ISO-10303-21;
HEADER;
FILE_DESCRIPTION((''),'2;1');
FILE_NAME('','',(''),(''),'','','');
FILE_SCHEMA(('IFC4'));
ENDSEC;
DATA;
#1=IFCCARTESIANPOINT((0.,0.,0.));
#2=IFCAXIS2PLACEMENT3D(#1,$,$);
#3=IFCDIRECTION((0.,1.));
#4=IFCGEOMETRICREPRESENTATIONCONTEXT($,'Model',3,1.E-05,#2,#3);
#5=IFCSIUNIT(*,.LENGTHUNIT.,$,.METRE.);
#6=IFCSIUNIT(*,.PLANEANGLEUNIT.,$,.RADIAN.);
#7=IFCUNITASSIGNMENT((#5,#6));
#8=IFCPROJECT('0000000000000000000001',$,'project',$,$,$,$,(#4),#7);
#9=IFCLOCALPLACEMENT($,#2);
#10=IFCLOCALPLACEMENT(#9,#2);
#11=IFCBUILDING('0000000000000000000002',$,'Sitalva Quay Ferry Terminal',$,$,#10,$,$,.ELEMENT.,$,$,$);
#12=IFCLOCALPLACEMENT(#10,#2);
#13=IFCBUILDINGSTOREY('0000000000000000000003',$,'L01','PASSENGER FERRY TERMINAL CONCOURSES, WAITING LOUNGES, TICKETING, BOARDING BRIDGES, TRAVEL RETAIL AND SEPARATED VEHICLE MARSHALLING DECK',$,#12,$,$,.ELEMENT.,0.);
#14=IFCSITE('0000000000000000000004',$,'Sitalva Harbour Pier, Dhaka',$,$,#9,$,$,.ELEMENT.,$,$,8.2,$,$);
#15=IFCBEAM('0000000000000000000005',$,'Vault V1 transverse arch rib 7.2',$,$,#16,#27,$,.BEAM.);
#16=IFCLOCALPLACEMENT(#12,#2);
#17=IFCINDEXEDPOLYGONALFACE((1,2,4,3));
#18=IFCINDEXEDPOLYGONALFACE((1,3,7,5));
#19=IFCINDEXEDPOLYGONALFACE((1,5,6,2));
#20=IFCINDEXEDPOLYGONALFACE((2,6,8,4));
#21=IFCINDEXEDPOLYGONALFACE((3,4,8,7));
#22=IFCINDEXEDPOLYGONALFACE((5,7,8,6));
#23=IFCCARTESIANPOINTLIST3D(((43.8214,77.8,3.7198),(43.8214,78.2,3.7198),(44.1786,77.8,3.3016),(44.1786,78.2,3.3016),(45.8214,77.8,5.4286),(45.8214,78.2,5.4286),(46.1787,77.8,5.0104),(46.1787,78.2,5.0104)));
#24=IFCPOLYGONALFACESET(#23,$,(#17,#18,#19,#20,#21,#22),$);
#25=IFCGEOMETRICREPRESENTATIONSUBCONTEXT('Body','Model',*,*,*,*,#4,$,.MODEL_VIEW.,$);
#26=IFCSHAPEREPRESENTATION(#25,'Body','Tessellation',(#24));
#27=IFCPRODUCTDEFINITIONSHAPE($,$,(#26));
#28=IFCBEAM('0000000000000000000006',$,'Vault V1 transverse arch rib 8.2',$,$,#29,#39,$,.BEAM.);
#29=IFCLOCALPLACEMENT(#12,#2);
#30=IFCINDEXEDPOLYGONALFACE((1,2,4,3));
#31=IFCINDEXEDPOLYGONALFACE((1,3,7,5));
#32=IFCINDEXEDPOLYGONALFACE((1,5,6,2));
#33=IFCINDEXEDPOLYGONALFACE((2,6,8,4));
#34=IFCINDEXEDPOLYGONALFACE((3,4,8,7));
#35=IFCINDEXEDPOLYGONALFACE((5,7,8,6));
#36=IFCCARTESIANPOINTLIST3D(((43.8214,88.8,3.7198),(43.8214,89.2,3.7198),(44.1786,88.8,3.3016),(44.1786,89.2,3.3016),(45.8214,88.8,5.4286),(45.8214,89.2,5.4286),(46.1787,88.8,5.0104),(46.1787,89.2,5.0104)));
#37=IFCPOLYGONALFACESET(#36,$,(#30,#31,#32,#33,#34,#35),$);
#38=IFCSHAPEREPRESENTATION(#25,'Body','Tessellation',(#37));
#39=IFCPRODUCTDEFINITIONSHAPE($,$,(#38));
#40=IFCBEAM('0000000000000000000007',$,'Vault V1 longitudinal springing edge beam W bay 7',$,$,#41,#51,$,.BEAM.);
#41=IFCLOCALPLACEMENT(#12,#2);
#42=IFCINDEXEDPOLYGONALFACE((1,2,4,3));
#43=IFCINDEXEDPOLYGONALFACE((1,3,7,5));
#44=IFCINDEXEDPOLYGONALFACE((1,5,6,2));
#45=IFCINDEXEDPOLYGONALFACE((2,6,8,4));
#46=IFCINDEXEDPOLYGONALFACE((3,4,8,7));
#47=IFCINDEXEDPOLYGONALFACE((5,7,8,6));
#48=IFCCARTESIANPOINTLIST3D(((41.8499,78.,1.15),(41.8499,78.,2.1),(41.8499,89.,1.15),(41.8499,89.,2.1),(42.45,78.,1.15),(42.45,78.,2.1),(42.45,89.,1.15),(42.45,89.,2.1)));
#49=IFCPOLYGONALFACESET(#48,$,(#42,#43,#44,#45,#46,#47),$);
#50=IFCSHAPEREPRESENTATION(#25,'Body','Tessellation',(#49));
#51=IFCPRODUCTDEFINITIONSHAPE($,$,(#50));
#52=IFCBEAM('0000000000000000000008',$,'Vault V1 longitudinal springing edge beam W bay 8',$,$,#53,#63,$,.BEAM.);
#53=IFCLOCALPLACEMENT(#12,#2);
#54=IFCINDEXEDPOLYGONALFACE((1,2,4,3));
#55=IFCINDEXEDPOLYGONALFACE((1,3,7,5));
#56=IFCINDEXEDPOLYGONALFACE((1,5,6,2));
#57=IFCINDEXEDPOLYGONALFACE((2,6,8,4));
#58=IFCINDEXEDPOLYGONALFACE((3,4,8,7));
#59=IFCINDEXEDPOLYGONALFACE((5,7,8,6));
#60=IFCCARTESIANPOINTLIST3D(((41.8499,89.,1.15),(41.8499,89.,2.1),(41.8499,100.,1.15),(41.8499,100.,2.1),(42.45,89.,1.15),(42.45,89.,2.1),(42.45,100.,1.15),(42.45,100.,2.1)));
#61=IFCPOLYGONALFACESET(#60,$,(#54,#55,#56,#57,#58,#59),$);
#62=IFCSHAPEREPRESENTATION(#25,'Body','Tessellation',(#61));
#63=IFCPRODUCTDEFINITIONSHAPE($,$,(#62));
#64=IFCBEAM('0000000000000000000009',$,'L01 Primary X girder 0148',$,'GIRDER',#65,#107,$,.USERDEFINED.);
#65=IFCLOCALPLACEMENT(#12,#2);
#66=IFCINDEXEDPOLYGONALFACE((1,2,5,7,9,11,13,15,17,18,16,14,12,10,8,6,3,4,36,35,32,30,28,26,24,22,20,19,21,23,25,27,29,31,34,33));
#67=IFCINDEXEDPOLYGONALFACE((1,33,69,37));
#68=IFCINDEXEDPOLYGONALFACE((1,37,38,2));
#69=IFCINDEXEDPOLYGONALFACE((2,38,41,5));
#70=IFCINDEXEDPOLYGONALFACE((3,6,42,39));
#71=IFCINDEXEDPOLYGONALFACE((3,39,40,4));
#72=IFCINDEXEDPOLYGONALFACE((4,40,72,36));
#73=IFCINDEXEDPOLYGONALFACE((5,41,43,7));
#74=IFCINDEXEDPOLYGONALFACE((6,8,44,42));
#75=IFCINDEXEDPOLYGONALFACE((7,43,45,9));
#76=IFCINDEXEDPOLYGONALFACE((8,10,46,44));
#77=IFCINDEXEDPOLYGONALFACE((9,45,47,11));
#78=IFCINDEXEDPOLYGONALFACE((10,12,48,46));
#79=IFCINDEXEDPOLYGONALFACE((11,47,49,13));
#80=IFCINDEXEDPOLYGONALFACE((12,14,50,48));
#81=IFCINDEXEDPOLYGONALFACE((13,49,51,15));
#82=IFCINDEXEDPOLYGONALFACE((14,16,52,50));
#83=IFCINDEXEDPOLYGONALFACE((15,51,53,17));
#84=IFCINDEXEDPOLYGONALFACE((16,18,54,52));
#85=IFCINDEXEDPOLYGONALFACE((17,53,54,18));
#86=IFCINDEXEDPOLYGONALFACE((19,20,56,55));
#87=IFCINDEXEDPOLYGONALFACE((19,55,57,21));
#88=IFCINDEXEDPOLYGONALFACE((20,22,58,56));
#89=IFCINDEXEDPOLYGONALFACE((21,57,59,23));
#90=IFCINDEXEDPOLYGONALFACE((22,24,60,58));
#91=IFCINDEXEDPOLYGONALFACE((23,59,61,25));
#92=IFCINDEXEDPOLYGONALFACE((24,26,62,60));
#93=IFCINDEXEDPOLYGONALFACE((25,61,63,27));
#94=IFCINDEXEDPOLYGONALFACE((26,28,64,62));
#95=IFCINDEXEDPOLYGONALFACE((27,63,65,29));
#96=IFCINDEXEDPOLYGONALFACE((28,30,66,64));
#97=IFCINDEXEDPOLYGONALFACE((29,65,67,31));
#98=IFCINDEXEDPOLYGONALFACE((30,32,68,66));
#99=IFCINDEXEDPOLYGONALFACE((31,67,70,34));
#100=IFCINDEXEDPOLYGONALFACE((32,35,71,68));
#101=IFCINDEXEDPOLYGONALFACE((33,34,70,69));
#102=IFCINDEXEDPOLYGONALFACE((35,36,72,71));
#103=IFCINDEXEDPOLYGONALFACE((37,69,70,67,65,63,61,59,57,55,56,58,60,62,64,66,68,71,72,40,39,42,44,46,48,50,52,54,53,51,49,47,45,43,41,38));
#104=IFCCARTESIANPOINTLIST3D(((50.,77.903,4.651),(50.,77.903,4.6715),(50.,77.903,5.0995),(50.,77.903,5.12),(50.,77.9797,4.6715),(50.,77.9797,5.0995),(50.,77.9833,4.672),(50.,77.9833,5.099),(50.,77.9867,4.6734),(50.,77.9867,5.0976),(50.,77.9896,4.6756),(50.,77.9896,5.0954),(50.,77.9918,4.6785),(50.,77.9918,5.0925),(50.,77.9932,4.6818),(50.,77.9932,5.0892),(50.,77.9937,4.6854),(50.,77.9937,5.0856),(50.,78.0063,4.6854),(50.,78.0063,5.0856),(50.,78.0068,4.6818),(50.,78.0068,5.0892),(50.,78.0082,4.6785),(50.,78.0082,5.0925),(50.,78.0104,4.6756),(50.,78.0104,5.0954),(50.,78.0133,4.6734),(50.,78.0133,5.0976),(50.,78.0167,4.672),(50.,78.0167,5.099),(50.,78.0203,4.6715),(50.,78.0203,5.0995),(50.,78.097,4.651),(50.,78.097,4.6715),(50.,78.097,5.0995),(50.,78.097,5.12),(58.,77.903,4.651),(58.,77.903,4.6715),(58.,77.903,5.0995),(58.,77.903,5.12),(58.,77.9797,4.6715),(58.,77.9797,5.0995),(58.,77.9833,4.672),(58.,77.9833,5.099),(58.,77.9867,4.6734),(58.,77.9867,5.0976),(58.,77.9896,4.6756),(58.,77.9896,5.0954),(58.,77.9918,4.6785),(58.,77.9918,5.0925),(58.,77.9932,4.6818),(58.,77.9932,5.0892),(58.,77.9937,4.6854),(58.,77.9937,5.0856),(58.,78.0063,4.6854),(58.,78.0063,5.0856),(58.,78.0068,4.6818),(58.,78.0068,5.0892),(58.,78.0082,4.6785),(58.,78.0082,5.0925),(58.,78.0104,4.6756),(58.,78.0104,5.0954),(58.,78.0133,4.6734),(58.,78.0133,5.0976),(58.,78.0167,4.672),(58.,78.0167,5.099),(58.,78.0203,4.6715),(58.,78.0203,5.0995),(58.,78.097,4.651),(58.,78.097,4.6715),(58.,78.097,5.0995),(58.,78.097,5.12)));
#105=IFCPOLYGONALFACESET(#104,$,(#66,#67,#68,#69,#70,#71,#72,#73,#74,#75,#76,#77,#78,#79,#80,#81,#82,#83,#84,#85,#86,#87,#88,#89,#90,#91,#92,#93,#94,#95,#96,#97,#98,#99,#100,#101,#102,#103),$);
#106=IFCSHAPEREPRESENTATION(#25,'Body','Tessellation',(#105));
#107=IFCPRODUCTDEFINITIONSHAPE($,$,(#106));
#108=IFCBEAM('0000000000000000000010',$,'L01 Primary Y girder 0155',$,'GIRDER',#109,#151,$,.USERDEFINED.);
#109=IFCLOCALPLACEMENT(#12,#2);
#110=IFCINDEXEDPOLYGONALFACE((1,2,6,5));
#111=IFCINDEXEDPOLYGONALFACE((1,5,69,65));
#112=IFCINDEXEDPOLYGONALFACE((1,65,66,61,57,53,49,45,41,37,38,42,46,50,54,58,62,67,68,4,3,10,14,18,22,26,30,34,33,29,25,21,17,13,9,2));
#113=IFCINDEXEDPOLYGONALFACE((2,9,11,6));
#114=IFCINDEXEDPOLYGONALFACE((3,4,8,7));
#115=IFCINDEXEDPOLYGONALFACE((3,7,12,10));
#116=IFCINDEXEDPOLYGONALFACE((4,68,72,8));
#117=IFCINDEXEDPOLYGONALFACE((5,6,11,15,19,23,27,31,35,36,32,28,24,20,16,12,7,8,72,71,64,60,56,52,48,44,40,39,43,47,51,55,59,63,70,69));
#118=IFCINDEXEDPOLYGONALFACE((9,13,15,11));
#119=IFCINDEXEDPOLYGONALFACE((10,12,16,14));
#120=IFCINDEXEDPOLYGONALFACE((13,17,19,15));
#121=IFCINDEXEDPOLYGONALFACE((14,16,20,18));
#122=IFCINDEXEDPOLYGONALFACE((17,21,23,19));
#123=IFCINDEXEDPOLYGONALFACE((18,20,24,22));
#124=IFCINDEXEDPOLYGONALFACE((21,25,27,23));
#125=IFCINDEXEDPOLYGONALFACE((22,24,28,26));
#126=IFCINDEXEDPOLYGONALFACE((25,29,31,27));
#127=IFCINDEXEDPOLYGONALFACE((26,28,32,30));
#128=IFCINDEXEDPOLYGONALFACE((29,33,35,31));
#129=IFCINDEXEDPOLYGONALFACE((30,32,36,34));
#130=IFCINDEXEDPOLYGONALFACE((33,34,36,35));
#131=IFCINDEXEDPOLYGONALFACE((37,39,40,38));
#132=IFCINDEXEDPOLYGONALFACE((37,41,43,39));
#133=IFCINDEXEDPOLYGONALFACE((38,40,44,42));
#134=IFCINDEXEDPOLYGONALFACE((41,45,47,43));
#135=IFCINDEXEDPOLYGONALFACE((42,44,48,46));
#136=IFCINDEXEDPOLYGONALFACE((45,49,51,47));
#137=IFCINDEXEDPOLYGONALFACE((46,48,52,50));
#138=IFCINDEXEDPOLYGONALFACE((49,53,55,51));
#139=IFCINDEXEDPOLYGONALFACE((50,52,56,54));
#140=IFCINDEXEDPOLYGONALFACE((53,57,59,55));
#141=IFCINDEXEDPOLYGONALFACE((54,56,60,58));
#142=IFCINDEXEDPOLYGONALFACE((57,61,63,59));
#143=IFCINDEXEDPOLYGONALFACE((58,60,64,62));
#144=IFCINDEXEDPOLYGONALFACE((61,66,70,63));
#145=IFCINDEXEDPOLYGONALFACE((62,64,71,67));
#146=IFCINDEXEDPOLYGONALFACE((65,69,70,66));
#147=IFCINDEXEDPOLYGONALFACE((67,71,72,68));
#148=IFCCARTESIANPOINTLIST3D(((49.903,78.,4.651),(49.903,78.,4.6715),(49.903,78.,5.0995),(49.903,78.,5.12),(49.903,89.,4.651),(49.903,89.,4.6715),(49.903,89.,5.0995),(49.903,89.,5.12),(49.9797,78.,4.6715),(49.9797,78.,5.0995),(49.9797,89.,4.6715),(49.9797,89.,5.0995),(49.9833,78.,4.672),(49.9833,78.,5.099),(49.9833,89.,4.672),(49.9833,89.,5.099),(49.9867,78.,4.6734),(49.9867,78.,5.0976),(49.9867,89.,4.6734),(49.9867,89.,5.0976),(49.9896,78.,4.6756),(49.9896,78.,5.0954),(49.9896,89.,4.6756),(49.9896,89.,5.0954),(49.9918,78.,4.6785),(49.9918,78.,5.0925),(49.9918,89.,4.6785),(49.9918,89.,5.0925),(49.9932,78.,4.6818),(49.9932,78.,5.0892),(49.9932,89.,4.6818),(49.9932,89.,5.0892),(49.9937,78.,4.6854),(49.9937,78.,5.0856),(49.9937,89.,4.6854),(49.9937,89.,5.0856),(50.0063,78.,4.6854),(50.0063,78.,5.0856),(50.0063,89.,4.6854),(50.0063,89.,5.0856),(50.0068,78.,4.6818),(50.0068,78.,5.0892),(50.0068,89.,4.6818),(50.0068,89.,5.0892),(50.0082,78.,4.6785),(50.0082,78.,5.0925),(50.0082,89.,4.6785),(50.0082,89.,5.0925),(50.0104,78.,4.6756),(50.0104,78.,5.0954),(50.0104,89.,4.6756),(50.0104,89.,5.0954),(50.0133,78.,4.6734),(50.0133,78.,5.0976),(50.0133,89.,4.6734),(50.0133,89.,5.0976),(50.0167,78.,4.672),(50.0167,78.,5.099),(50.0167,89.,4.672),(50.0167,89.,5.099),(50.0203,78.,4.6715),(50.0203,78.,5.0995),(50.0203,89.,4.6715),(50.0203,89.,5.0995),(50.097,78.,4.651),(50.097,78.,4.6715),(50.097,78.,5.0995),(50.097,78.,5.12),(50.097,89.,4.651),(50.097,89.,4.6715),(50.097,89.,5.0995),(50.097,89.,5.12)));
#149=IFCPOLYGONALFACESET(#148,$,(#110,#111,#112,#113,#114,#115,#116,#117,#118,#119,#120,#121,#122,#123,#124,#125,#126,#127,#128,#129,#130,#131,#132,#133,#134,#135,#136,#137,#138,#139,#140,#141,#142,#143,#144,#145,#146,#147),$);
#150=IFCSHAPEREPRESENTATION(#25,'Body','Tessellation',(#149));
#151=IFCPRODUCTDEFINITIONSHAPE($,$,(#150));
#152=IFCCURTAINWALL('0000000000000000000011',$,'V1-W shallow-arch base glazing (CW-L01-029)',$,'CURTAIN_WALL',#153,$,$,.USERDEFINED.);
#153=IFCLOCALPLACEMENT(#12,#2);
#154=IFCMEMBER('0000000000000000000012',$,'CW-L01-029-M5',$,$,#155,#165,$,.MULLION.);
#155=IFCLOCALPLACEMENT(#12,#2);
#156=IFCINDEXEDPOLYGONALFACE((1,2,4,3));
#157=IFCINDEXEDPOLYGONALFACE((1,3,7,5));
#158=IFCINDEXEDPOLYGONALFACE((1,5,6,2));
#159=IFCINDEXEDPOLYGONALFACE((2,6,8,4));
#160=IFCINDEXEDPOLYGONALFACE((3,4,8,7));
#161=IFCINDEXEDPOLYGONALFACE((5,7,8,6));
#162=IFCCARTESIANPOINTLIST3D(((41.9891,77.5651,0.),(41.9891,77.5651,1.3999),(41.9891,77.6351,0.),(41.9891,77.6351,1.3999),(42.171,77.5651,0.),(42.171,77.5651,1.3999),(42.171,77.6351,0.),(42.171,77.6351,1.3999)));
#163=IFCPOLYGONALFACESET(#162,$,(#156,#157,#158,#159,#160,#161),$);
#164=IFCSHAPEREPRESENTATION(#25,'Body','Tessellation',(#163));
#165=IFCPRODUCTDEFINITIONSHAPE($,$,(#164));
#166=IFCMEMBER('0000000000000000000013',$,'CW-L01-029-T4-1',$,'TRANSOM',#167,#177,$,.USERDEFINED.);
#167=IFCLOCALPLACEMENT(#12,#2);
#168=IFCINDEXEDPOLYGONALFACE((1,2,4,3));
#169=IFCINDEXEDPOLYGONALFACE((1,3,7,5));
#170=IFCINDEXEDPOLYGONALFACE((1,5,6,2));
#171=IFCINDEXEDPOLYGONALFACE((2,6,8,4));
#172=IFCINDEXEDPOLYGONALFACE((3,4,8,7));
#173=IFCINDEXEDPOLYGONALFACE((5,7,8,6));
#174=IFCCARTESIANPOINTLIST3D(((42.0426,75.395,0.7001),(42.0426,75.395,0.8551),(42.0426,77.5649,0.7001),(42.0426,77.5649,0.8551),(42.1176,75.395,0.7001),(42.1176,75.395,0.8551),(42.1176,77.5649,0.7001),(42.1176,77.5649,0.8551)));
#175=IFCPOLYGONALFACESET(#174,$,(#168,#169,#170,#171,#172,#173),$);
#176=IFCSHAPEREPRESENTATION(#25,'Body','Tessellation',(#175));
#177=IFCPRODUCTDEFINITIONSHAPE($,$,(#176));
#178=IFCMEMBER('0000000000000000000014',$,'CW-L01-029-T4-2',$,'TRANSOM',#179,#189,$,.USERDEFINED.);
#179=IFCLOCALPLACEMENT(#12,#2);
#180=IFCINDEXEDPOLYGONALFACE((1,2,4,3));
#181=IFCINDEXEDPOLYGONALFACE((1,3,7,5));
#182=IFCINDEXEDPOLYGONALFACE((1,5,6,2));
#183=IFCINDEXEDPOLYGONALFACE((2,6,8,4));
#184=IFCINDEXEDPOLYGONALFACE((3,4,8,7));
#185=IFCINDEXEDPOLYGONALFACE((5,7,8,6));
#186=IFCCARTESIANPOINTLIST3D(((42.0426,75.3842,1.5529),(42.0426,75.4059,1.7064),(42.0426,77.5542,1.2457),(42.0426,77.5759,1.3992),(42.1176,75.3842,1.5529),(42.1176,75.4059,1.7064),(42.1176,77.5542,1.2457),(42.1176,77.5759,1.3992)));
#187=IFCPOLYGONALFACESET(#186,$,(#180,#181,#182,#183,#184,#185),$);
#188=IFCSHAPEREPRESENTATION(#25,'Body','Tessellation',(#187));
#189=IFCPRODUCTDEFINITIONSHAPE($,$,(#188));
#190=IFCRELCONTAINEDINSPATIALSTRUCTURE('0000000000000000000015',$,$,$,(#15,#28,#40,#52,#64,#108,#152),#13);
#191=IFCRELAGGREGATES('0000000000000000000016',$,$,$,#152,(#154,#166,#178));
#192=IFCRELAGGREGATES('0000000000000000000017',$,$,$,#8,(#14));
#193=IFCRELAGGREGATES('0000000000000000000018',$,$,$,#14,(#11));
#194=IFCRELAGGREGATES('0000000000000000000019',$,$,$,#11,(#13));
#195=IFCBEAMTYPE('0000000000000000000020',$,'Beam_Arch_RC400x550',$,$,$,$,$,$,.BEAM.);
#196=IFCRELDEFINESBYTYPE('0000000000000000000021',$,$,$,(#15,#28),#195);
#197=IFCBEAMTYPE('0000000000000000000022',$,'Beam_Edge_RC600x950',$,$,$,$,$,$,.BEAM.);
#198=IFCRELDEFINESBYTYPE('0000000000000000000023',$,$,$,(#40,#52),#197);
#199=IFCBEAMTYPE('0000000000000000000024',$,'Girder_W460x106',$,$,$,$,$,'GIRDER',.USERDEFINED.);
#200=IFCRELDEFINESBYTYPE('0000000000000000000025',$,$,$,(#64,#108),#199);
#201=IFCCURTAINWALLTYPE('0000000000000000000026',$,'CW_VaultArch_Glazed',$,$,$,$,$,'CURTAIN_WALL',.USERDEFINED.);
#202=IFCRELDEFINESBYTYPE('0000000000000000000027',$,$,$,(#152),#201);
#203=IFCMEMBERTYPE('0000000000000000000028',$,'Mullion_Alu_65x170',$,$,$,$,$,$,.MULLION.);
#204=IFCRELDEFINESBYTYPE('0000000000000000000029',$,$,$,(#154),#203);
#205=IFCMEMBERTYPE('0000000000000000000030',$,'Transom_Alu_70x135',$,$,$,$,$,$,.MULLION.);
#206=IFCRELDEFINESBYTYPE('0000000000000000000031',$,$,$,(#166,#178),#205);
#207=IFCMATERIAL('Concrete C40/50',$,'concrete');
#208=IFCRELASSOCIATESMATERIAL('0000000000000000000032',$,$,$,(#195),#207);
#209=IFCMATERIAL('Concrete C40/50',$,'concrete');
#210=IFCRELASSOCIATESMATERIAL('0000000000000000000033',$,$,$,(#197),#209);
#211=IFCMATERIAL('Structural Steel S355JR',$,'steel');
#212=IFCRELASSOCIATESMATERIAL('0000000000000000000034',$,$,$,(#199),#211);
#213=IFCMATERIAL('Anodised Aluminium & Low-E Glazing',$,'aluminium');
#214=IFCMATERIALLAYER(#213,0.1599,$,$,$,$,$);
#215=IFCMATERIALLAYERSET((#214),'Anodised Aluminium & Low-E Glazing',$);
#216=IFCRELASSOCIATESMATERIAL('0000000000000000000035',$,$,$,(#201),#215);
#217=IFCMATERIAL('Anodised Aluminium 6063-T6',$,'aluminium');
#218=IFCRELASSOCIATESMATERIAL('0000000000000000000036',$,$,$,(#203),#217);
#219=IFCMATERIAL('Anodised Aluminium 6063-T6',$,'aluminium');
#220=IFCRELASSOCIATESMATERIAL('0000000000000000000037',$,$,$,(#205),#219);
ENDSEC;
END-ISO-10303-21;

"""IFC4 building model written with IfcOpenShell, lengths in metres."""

from ifc_helpers import new_model, si_unit, direction, frame, origin, origin_2d, place, context, subcontext, project, spatial, rectangle, i_section, extrude, material, layer, layer_set, material_profile, profile_set, type_object, element, aggregate, save


model = new_model("IFC4")

# Units and contexts
model_context = context("Model", 3, precision=1e-05, world=origin(), true_north=direction((0.0, 1.0)))
body_context = subcontext(model_context, "Body", "Model", "MODEL_VIEW")
ifc_project = project(units=[si_unit("LENGTHUNIT", "METRE"), si_unit("PLANEANGLEUNIT", "RADIAN")], contexts=[model_context])

# Site, building, storey
site_placement = place(None, origin())
site = spatial("IfcSite", under=ifc_project, at=site_placement, Name="Sitalva Harbour Pier, Dhaka", CompositionType="ELEMENT", RefElevation=8.2)
building_placement = place(site_placement, origin())
building = spatial("IfcBuilding", under=site, at=building_placement, Name="Sitalva Quay Ferry Terminal", CompositionType="ELEMENT")
storey_placement = place(building_placement, origin())
storey = spatial("IfcBuildingStorey", under=building, at=storey_placement, Name="L01", Description="PASSENGER FERRY TERMINAL CONCOURSES, WAITING LOUNGES, TICKETING, BOARDING BRIDGES, TRAVEL RETAIL AND SEPARATED VEHICLE MARSHALLING DECK", CompositionType="ELEMENT", Elevation=0.0)

# Beams
ifc_material_1 = material(Name="Concrete C40/50", Category="concrete")
ifc_material_profile_1 = material_profile(ifc_material_1, rectangle(XDim=0.3999, YDim=0.55, at=origin_2d()), Name="RC400x550")
ifc_profile_set_1 = profile_set([ifc_material_profile_1], Name="Concrete C40/50")
beam_type_1 = type_object("IfcBeamType", Name="Beam_Arch_RC400x550", PredefinedType="BEAM", material=ifc_profile_set_1)
for number, where, z_axis, x_axis, name in (
    (1, (44.0, 78.0, 3.5107), (0.760297, 0.0, 0.649575), (0.0, 1.0, 0.0), "Vault V1 transverse arch rib 7.2"),
    (2, (44.0, 89.0, 3.5107), (0.760297, 0.0, 0.649575), (0.0, 1.0, 0.0), "Vault V1 transverse arch rib 8.2"),
):
    element("IfcBeam", number, at=place(storey_placement, frame(where, z_axis=z_axis, x_axis=x_axis)), inside=storey, type_object=beam_type_1, Name=name, PredefinedType="BEAM", context=body_context, shape_type="SweptSolid", body=[
        extrude(rectangle(XDim=0.3999, YDim=0.55, at=origin_2d()), origin(), (0.0, 0.0, 1.0), 2.6306),
    ])
ifc_material_2 = material(Name="Concrete C40/50", Category="concrete")
ifc_material_profile_2 = material_profile(ifc_material_2, rectangle(XDim=0.6001, YDim=0.95, at=origin_2d()), Name="RC600x950")
ifc_profile_set_2 = profile_set([ifc_material_profile_2], Name="Concrete C40/50")
beam_type_2 = type_object("IfcBeamType", Name="Beam_Edge_RC600x950", PredefinedType="BEAM", material=ifc_profile_set_2)
for number, where, z_axis, x_axis, name in (
    (3, (42.1499, 78.0, 1.625), (0.0, 1.0, 0.0), (-1.0, 0.0, 0.0), "Vault V1 longitudinal springing edge beam W bay 7"),
    (4, (42.1499, 89.0, 1.625), (0.0, 1.0, 0.0), (-1.0, 0.0, 0.0), "Vault V1 longitudinal springing edge beam W bay 8"),
):
    element("IfcBeam", number, at=place(storey_placement, frame(where, z_axis=z_axis, x_axis=x_axis)), inside=storey, type_object=beam_type_2, Name=name, PredefinedType="BEAM", context=body_context, shape_type="SweptSolid", body=[
        extrude(rectangle(XDim=0.6001, YDim=0.95, at=origin_2d()), origin(), (0.0, 0.0, 1.0), 11.0),
    ])
ifc_material_3 = material(Name="Structural Steel S355JR", Category="steel")
ifc_material_profile_3 = material_profile(ifc_material_3, i_section(OverallWidth=0.1941, OverallDepth=0.469, WebThickness=0.0127, FlangeThickness=0.0205, FilletRadius=0.0139, at=origin_2d()), Name="W460x106")
ifc_profile_set_3 = profile_set([ifc_material_profile_3], Name="Structural Steel S355JR")
beam_type_3 = type_object("IfcBeamType", Name="Girder_W460x106", ElementType="GIRDER", PredefinedType="USERDEFINED", material=ifc_profile_set_3)
beam_1_placement = place(storey_placement, frame((50.0, 78.0, 4.8855), z_axis=(1.0, 0.0, 0.0), x_axis=(0.0, 1.0, 0.0)))
element("IfcBeam", 5, at=beam_1_placement, inside=storey, type_object=beam_type_3, Name="L01 Primary X girder 0148", ObjectType="GIRDER", PredefinedType="USERDEFINED", context=body_context, shape_type="SweptSolid", body=[
    extrude(i_section(OverallWidth=0.1941, OverallDepth=0.469, WebThickness=0.0127, FlangeThickness=0.0205, FilletRadius=0.0139, at=origin_2d()), origin(), (0.0, 0.0, 1.0), 8.0),
])
beam_2_placement = place(storey_placement, frame((50.0, 78.0, 4.8855), z_axis=(0.0, 1.0, 0.0), x_axis=(-1.0, 0.0, 0.0)))
element("IfcBeam", 6, at=beam_2_placement, inside=storey, type_object=beam_type_3, Name="L01 Primary Y girder 0155", ObjectType="GIRDER", PredefinedType="USERDEFINED", context=body_context, shape_type="SweptSolid", body=[
    extrude(i_section(OverallWidth=0.1941, OverallDepth=0.469, WebThickness=0.0127, FlangeThickness=0.0205, FilletRadius=0.0139, at=origin_2d()), origin(), (0.0, 0.0, 1.0), 11.0),
])

# Curtain wall, members
ifc_material_4 = material(Name="Anodised Aluminium & Low-E Glazing", Category="aluminium")
ifc_layer_1 = layer(ifc_material_4, 0.1599)
ifc_layer_set_1 = layer_set([ifc_layer_1], Name="Anodised Aluminium & Low-E Glazing")
curtain_wall_type = type_object("IfcCurtainWallType", Name="CW_VaultArch_Glazed", ElementType="CURTAIN_WALL", PredefinedType="USERDEFINED", material=ifc_layer_set_1)
curtain_wall_placement = place(storey_placement, origin())
curtain_wall = element("IfcCurtainWall", 7, at=curtain_wall_placement, inside=storey, type_object=curtain_wall_type, Name="V1-W shallow-arch base glazing (CW-L01-029)", ObjectType="CURTAIN_WALL", PredefinedType="USERDEFINED")
ifc_material_5 = material(Name="Anodised Aluminium 6063-T6", Category="aluminium")
ifc_material_profile_4 = material_profile(ifc_material_5, rectangle(XDim=0.0701, YDim=0.1819, at=origin_2d()), Name="ALU70x182")
ifc_profile_set_4 = profile_set([ifc_material_profile_4], Name="Anodised Aluminium 6063-T6")
member_type_1 = type_object("IfcMemberType", Name="Mullion_Alu_65x170", PredefinedType="MULLION", material=ifc_profile_set_4)
member_1_placement = place(storey_placement, frame((42.0801, 77.6001, 0.0), z_axis=(0.0, 0.0, 1.0), x_axis=(0.0, 1.0, 0.0)))
member_1 = element("IfcMember", 8, at=member_1_placement, type_object=member_type_1, Name="CW-L01-029-M5", PredefinedType="MULLION", context=body_context, shape_type="SweptSolid", body=[
    extrude(rectangle(XDim=0.0701, YDim=0.1819, at=origin_2d()), origin(), (0.0, 0.0, 1.0), 1.3999),
])
ifc_material_6 = material(Name="Anodised Aluminium 6063-T6", Category="aluminium")
ifc_material_profile_5 = material_profile(ifc_material_6, rectangle(XDim=0.075, YDim=0.155, at=origin_2d()), Name="ALU75x155")
ifc_profile_set_5 = profile_set([ifc_material_profile_5], Name="Anodised Aluminium 6063-T6")
member_type_2 = type_object("IfcMemberType", Name="Transom_Alu_70x135", PredefinedType="MULLION", material=ifc_profile_set_5)
member_2_placement = place(storey_placement, frame((42.0801, 75.395, 0.7776), z_axis=(0.0, 1.0, 0.0), x_axis=(-1.0, 0.0, 0.0)))
member_2 = element("IfcMember", 9, at=member_2_placement, type_object=member_type_2, Name="CW-L01-029-T4-1", ObjectType="TRANSOM", PredefinedType="USERDEFINED", context=body_context, shape_type="SweptSolid", body=[
    extrude(rectangle(XDim=0.075, YDim=0.155, at=origin_2d()), origin(), (0.0, 0.0, 1.0), 2.1699),
])
member_3_placement = place(storey_placement, frame((42.0801, 75.395, 1.6296), z_axis=(0.0, 0.990131, -0.140142), x_axis=(-1.0, 0.0, 0.0)))
member_3 = element("IfcMember", 10, at=member_3_placement, type_object=member_type_2, Name="CW-L01-029-T4-2", ObjectType="TRANSOM", PredefinedType="USERDEFINED", context=body_context, shape_type="SweptSolid", body=[
    extrude(rectangle(XDim=0.075, YDim=0.155, at=origin_2d()), origin(), (0.0, 0.0, 1.0), 2.1917),
])
aggregate(curtain_wall, [member_1, member_2, member_3])

save(model, "model.ifc")
